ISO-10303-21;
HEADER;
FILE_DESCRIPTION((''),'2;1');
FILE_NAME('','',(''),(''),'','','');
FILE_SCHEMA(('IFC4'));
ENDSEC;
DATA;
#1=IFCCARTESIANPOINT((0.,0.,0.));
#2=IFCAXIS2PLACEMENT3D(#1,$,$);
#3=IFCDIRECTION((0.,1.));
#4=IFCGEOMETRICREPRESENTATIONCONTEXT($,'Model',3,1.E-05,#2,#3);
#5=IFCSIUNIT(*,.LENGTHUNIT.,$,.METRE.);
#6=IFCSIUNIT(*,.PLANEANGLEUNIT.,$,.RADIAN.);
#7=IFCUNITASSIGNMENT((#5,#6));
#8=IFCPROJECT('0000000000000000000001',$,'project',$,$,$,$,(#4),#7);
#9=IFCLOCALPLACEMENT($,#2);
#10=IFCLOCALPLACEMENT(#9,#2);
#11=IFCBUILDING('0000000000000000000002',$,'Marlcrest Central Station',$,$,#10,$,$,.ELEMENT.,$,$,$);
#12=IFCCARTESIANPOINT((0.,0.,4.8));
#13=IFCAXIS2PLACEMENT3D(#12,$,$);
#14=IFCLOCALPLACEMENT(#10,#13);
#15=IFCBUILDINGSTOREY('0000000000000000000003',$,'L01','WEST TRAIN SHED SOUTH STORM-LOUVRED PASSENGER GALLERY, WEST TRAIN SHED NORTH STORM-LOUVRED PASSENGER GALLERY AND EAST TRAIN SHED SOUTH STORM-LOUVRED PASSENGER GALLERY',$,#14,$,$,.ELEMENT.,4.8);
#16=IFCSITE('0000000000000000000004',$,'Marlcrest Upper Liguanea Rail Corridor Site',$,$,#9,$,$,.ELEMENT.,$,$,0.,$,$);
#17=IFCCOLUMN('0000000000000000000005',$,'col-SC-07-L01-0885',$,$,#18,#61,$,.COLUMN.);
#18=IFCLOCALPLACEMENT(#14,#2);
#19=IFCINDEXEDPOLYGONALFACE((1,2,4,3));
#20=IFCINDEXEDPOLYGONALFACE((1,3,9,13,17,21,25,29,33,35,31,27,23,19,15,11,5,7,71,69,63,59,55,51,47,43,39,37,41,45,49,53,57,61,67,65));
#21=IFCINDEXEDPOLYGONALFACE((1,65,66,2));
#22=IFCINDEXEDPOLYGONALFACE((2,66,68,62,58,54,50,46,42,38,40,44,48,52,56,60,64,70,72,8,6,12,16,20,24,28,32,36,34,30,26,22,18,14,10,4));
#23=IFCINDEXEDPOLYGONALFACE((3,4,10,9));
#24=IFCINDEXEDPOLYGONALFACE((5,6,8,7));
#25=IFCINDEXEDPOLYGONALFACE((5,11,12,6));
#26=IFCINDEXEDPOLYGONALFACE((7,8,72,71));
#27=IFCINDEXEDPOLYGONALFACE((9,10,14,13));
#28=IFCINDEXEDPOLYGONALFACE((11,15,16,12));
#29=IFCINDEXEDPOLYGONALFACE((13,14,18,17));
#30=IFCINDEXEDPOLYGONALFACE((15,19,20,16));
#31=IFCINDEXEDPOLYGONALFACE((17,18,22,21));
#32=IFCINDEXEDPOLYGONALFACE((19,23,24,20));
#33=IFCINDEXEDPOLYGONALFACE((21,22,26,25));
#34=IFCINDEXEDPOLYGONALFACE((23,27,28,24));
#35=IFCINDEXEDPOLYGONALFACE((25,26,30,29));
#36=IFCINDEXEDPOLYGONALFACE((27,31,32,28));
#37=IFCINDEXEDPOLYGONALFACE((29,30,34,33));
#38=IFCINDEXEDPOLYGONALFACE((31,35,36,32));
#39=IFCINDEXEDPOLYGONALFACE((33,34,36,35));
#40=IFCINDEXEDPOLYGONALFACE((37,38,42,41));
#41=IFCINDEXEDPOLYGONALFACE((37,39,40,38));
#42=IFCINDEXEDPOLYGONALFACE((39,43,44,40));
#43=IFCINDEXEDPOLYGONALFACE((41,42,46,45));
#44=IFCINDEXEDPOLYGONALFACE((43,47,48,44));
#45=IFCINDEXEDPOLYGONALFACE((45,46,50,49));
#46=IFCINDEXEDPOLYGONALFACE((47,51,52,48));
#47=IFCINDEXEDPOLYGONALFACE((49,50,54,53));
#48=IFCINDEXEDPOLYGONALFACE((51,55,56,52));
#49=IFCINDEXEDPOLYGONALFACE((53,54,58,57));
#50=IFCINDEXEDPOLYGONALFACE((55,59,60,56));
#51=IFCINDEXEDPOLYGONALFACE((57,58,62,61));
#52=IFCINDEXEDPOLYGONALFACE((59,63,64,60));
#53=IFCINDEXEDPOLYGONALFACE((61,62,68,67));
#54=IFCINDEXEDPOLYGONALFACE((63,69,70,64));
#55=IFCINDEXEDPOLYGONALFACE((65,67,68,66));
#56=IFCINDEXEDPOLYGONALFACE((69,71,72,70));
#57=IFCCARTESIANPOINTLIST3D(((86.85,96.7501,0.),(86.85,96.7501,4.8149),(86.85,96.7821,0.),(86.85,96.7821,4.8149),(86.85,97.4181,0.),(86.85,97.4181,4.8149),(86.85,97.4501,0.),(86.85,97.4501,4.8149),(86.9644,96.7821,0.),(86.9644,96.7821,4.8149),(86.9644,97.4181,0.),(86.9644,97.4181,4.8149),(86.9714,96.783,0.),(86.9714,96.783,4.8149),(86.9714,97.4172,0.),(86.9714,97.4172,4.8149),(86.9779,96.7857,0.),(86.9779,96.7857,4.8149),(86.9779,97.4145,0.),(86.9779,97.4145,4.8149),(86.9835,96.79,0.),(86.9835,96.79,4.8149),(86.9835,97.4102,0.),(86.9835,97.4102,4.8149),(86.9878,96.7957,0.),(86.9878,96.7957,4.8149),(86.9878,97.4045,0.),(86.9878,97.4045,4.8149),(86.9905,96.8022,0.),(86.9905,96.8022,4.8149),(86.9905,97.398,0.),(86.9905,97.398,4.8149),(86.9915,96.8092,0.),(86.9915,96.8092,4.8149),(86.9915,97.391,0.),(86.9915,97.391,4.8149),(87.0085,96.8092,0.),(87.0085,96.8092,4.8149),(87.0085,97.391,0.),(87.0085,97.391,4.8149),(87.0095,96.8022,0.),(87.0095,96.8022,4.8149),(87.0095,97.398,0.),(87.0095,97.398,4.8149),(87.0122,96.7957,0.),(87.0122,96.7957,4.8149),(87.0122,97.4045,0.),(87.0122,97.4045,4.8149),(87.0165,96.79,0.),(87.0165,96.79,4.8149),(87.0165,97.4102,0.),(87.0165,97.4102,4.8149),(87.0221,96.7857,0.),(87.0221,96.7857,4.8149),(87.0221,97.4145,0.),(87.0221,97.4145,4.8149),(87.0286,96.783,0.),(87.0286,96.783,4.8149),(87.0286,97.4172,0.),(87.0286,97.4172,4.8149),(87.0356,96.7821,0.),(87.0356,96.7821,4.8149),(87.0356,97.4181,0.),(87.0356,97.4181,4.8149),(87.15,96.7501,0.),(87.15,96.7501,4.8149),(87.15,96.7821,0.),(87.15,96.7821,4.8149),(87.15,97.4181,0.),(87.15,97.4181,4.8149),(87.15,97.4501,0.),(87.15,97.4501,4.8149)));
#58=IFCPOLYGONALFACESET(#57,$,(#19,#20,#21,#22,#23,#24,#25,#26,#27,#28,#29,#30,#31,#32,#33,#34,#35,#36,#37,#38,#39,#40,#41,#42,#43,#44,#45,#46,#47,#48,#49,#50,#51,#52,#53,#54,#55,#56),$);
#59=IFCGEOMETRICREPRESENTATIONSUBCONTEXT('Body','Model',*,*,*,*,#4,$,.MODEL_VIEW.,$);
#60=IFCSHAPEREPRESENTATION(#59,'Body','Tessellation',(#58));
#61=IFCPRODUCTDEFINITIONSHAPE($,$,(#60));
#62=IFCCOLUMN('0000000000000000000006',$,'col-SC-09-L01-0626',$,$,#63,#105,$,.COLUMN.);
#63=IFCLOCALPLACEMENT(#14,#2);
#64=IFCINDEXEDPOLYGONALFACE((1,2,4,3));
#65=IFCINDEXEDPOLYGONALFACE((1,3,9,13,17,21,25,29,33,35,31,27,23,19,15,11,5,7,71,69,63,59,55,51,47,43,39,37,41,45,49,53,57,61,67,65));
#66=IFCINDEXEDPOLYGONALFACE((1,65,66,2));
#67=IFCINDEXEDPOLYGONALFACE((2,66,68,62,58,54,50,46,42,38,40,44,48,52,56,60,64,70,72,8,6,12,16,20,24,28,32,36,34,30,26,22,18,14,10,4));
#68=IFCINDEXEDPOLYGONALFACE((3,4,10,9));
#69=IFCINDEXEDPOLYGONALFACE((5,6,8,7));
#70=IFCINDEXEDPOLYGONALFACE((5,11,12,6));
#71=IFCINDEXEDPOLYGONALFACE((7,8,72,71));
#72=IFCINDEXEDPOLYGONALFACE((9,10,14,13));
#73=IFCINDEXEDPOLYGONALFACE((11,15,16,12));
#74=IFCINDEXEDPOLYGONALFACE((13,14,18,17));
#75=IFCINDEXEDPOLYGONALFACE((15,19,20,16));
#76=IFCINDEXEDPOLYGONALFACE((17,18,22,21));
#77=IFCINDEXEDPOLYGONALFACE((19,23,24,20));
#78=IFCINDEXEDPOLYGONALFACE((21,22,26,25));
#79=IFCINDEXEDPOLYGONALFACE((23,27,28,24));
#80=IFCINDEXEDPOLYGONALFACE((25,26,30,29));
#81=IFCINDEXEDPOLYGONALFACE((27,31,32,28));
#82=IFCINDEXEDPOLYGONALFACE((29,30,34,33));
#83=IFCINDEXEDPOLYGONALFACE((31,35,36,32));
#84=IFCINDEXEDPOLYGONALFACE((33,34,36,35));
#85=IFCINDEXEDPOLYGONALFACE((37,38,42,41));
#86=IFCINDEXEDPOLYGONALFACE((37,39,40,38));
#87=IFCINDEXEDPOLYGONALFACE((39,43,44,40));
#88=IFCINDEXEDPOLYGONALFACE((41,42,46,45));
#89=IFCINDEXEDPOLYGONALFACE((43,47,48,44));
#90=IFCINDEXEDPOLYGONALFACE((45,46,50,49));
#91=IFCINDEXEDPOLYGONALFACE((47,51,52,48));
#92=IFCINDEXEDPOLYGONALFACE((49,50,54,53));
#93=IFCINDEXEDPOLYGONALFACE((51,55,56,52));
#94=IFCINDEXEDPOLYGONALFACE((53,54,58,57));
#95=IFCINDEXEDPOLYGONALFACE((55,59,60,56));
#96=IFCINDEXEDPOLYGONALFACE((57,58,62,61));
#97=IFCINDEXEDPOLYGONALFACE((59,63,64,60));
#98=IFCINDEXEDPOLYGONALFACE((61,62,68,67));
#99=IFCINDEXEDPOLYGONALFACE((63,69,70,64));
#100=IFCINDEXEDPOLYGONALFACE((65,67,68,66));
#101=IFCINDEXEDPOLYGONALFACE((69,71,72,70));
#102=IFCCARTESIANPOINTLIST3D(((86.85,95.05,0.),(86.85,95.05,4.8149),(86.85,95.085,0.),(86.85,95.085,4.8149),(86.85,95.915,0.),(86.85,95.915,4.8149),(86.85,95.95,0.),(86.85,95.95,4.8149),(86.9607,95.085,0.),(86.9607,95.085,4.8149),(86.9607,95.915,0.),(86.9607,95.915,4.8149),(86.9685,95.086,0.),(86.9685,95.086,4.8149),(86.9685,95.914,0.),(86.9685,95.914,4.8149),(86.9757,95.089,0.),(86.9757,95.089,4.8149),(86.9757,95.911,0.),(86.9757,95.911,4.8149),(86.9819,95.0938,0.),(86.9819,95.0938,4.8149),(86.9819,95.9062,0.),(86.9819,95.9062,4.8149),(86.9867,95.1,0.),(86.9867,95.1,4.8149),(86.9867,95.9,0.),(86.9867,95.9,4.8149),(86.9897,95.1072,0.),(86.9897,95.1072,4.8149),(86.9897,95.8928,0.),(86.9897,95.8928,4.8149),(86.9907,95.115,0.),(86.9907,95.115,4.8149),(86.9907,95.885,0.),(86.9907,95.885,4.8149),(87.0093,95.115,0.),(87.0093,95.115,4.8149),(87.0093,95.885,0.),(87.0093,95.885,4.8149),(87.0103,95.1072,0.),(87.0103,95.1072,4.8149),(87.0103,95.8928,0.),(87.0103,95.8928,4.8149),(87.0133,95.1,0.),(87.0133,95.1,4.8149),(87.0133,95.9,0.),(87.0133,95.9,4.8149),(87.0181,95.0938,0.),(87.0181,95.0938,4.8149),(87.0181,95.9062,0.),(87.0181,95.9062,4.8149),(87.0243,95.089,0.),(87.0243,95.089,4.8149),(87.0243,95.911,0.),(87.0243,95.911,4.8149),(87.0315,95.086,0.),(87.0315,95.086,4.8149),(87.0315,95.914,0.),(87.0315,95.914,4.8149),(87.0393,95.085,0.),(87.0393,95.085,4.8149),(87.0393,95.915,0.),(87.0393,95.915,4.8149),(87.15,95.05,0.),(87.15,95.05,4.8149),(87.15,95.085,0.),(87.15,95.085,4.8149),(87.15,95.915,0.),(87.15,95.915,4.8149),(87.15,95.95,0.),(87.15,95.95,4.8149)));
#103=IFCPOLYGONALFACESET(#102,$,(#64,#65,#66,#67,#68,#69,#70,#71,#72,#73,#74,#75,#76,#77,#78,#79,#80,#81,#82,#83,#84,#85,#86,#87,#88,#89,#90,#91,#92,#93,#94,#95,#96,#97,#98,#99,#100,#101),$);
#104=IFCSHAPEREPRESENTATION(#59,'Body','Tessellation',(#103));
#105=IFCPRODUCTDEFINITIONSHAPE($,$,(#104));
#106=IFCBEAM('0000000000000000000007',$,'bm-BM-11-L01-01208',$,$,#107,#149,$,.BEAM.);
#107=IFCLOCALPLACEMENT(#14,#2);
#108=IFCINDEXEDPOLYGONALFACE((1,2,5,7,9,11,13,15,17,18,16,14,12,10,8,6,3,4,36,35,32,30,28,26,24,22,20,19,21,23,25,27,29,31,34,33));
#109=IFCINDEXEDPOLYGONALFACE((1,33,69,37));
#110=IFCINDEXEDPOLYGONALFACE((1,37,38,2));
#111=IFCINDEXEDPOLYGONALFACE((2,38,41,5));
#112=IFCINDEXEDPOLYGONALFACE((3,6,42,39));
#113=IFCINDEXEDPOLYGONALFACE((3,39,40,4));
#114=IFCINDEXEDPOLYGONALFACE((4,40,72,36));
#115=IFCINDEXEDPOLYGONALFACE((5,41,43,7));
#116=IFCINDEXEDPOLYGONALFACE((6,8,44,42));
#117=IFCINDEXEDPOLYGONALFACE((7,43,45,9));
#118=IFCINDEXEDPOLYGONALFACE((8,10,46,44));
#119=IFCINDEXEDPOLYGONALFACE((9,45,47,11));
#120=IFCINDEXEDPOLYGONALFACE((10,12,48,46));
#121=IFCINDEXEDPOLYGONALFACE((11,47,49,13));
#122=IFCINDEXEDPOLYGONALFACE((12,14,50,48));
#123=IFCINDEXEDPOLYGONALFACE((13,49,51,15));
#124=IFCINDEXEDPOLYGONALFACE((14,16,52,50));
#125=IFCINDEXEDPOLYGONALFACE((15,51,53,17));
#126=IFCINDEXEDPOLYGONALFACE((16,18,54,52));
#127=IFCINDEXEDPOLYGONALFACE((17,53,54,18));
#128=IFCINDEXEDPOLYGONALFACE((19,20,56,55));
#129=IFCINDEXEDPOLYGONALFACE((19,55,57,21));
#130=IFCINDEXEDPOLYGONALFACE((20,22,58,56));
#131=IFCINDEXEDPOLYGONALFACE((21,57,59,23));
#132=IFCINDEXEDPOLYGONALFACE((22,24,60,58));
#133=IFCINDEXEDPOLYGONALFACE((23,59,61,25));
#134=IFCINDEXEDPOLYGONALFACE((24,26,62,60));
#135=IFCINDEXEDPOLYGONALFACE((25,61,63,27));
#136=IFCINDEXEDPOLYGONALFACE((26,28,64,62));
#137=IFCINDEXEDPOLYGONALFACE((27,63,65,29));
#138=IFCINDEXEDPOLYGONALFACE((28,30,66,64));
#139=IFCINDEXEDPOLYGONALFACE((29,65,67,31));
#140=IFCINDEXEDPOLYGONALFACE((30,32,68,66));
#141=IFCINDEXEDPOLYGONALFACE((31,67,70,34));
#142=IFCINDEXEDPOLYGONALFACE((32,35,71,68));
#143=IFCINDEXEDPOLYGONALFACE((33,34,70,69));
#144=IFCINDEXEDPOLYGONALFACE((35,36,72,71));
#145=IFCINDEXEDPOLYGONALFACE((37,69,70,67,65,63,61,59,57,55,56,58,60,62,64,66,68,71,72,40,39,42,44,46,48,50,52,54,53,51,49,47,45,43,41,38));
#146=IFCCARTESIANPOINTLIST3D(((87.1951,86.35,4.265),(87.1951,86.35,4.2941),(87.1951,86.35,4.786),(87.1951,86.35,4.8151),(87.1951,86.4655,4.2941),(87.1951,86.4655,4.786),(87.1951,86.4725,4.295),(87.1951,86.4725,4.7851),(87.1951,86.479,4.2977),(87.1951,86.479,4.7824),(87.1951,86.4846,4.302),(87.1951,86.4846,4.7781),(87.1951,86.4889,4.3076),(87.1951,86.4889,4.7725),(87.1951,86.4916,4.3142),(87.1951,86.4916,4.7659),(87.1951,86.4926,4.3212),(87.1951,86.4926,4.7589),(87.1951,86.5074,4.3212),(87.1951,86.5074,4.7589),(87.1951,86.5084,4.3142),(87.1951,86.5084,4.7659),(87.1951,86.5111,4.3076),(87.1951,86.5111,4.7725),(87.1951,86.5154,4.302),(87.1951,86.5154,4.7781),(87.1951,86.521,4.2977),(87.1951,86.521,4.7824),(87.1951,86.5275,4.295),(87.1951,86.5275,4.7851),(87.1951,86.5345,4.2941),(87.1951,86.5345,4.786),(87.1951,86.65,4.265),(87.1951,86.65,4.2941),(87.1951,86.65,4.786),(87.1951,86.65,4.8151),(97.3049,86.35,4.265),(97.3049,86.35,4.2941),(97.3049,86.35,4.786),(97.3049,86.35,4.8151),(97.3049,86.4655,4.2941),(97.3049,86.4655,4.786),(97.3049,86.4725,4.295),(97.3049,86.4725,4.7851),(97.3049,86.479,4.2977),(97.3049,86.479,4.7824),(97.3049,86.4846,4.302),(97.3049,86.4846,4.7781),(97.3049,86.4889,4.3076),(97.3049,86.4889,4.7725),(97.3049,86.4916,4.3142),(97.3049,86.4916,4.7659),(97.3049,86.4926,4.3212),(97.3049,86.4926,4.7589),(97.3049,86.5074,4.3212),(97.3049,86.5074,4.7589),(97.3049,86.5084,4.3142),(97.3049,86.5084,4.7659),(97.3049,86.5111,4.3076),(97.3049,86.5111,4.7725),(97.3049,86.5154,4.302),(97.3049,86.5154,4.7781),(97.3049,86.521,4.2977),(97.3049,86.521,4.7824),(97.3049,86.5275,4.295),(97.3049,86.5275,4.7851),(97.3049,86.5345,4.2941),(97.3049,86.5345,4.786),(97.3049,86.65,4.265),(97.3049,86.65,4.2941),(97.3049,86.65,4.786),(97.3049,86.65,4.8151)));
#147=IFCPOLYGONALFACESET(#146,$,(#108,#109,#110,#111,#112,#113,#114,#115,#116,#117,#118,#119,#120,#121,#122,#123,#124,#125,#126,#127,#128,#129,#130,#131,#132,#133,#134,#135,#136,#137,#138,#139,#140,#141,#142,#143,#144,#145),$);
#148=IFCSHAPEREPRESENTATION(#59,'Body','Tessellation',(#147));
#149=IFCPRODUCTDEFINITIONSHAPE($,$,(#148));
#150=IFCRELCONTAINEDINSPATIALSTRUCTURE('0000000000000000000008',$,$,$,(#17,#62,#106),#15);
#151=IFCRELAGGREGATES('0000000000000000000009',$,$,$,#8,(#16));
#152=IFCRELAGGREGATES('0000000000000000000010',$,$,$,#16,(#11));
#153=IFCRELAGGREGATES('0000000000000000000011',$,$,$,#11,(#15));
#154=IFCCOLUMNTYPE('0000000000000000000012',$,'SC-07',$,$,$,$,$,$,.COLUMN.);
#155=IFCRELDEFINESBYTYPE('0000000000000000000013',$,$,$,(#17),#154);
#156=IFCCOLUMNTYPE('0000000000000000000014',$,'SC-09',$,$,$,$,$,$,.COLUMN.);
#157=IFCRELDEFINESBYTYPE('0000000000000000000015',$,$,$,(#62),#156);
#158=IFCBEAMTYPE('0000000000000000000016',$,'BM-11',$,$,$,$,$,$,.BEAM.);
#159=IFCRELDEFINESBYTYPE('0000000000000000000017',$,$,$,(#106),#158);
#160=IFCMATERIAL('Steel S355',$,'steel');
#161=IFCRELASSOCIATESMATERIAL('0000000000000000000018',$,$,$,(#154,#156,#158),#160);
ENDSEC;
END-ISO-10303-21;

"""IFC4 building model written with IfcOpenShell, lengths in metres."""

from ifc_helpers import new_model, si_unit, direction, frame, origin, origin_2d, place, context, subcontext, project, spatial, i_section, extrude, material, material_profile, profile_set, type_object, element, save


model = new_model("IFC4")

# Units and contexts
model_context = context("Model", 3, precision=1e-05, world=origin(), true_north=direction((0.0, 1.0)))
body_context = subcontext(model_context, "Body", "Model", "MODEL_VIEW")
ifc_project = project(units=[si_unit("LENGTHUNIT", "METRE"), si_unit("PLANEANGLEUNIT", "RADIAN")], contexts=[model_context])

# Site, building, storey
site_placement = place(None, origin())
site = spatial("IfcSite", under=ifc_project, at=site_placement, Name="Marlcrest Upper Liguanea Rail Corridor Site", CompositionType="ELEMENT", RefElevation=0.0)
building_placement = place(site_placement, origin())
building = spatial("IfcBuilding", under=site, at=building_placement, Name="Marlcrest Central Station", CompositionType="ELEMENT")
storey_placement = place(building_placement, frame((0.0, 0.0, 4.8)))
storey = spatial("IfcBuildingStorey", under=building, at=storey_placement, Name="L01", Description="WEST TRAIN SHED SOUTH STORM-LOUVRED PASSENGER GALLERY, WEST TRAIN SHED NORTH STORM-LOUVRED PASSENGER GALLERY AND EAST TRAIN SHED SOUTH STORM-LOUVRED PASSENGER GALLERY", CompositionType="ELEMENT", Elevation=4.8)

# Columns
ifc_material_1 = material(Name="Steel S355", Category="steel")
ifc_material_profile_1 = material_profile(ifc_material_1, i_section(OverallWidth=0.3, OverallDepth=0.7, WebThickness=0.0171, FlangeThickness=0.032, FilletRadius=0.0271, at=origin_2d()), Name="HEB 700")
ifc_profile_set_1 = profile_set([ifc_material_profile_1], Name="Steel S355")
column_type_1 = type_object("IfcColumnType", Name="SC-07", PredefinedType="COLUMN", material=ifc_profile_set_1)
column_1_placement = place(storey_placement, frame((87.0, 97.1001, 0.0), z_axis=(0.0, 0.0, 1.0), x_axis=(1.0, 0.0, 0.0)))
element("IfcColumn", 1, at=column_1_placement, inside=storey, type_object=column_type_1, Name="col-SC-07-L01-0885", PredefinedType="COLUMN", context=body_context, shape_type="SweptSolid", body=[
    extrude(i_section(OverallWidth=0.3, OverallDepth=0.7, WebThickness=0.0171, FlangeThickness=0.032, FilletRadius=0.0271, at=origin_2d()), origin(), (0.0, 0.0, 1.0), 4.8149),
])
ifc_material_profile_2 = material_profile(ifc_material_1, i_section(OverallWidth=0.3, OverallDepth=0.8999, WebThickness=0.0186, FlangeThickness=0.0349, FilletRadius=0.03, at=origin_2d()), Name="HEB 900")
ifc_profile_set_2 = profile_set([ifc_material_profile_2], Name="Steel S355")
column_type_2 = type_object("IfcColumnType", Name="SC-09", PredefinedType="COLUMN", material=ifc_profile_set_2)
column_2_placement = place(storey_placement, frame((87.0, 95.5, 0.0), z_axis=(0.0, 0.0, 1.0), x_axis=(1.0, 0.0, 0.0)))
element("IfcColumn", 2, at=column_2_placement, inside=storey, type_object=column_type_2, Name="col-SC-09-L01-0626", PredefinedType="COLUMN", context=body_context, shape_type="SweptSolid", body=[
    extrude(i_section(OverallWidth=0.3, OverallDepth=0.8999, WebThickness=0.0186, FlangeThickness=0.0349, FilletRadius=0.03, at=origin_2d()), origin(), (0.0, 0.0, 1.0), 4.8149),
])

# Beam
ifc_material_profile_3 = material_profile(ifc_material_1, i_section(OverallWidth=0.3, OverallDepth=0.55, WebThickness=0.0149, FlangeThickness=0.0291, FilletRadius=0.0271, at=origin_2d()), Name="HEB 550")
ifc_profile_set_3 = profile_set([ifc_material_profile_3], Name="Steel S355")
beam_type_1 = type_object("IfcBeamType", Name="BM-11", PredefinedType="BEAM", material=ifc_profile_set_3)
beam_1_placement = place(storey_placement, frame((87.1951, 86.5, 4.54), z_axis=(1.0, 0.0, 0.0), x_axis=(0.0, 1.0, 0.0)))
element("IfcBeam", 3, at=beam_1_placement, inside=storey, type_object=beam_type_1, Name="bm-BM-11-L01-01208", PredefinedType="BEAM", context=body_context, shape_type="SweptSolid", body=[
    extrude(i_section(OverallWidth=0.3, OverallDepth=0.55, WebThickness=0.0149, FlangeThickness=0.0291, FilletRadius=0.0271, at=origin_2d()), origin(), (0.0, 0.0, 1.0), 10.1099),
])

save(model, "model.ifc")
